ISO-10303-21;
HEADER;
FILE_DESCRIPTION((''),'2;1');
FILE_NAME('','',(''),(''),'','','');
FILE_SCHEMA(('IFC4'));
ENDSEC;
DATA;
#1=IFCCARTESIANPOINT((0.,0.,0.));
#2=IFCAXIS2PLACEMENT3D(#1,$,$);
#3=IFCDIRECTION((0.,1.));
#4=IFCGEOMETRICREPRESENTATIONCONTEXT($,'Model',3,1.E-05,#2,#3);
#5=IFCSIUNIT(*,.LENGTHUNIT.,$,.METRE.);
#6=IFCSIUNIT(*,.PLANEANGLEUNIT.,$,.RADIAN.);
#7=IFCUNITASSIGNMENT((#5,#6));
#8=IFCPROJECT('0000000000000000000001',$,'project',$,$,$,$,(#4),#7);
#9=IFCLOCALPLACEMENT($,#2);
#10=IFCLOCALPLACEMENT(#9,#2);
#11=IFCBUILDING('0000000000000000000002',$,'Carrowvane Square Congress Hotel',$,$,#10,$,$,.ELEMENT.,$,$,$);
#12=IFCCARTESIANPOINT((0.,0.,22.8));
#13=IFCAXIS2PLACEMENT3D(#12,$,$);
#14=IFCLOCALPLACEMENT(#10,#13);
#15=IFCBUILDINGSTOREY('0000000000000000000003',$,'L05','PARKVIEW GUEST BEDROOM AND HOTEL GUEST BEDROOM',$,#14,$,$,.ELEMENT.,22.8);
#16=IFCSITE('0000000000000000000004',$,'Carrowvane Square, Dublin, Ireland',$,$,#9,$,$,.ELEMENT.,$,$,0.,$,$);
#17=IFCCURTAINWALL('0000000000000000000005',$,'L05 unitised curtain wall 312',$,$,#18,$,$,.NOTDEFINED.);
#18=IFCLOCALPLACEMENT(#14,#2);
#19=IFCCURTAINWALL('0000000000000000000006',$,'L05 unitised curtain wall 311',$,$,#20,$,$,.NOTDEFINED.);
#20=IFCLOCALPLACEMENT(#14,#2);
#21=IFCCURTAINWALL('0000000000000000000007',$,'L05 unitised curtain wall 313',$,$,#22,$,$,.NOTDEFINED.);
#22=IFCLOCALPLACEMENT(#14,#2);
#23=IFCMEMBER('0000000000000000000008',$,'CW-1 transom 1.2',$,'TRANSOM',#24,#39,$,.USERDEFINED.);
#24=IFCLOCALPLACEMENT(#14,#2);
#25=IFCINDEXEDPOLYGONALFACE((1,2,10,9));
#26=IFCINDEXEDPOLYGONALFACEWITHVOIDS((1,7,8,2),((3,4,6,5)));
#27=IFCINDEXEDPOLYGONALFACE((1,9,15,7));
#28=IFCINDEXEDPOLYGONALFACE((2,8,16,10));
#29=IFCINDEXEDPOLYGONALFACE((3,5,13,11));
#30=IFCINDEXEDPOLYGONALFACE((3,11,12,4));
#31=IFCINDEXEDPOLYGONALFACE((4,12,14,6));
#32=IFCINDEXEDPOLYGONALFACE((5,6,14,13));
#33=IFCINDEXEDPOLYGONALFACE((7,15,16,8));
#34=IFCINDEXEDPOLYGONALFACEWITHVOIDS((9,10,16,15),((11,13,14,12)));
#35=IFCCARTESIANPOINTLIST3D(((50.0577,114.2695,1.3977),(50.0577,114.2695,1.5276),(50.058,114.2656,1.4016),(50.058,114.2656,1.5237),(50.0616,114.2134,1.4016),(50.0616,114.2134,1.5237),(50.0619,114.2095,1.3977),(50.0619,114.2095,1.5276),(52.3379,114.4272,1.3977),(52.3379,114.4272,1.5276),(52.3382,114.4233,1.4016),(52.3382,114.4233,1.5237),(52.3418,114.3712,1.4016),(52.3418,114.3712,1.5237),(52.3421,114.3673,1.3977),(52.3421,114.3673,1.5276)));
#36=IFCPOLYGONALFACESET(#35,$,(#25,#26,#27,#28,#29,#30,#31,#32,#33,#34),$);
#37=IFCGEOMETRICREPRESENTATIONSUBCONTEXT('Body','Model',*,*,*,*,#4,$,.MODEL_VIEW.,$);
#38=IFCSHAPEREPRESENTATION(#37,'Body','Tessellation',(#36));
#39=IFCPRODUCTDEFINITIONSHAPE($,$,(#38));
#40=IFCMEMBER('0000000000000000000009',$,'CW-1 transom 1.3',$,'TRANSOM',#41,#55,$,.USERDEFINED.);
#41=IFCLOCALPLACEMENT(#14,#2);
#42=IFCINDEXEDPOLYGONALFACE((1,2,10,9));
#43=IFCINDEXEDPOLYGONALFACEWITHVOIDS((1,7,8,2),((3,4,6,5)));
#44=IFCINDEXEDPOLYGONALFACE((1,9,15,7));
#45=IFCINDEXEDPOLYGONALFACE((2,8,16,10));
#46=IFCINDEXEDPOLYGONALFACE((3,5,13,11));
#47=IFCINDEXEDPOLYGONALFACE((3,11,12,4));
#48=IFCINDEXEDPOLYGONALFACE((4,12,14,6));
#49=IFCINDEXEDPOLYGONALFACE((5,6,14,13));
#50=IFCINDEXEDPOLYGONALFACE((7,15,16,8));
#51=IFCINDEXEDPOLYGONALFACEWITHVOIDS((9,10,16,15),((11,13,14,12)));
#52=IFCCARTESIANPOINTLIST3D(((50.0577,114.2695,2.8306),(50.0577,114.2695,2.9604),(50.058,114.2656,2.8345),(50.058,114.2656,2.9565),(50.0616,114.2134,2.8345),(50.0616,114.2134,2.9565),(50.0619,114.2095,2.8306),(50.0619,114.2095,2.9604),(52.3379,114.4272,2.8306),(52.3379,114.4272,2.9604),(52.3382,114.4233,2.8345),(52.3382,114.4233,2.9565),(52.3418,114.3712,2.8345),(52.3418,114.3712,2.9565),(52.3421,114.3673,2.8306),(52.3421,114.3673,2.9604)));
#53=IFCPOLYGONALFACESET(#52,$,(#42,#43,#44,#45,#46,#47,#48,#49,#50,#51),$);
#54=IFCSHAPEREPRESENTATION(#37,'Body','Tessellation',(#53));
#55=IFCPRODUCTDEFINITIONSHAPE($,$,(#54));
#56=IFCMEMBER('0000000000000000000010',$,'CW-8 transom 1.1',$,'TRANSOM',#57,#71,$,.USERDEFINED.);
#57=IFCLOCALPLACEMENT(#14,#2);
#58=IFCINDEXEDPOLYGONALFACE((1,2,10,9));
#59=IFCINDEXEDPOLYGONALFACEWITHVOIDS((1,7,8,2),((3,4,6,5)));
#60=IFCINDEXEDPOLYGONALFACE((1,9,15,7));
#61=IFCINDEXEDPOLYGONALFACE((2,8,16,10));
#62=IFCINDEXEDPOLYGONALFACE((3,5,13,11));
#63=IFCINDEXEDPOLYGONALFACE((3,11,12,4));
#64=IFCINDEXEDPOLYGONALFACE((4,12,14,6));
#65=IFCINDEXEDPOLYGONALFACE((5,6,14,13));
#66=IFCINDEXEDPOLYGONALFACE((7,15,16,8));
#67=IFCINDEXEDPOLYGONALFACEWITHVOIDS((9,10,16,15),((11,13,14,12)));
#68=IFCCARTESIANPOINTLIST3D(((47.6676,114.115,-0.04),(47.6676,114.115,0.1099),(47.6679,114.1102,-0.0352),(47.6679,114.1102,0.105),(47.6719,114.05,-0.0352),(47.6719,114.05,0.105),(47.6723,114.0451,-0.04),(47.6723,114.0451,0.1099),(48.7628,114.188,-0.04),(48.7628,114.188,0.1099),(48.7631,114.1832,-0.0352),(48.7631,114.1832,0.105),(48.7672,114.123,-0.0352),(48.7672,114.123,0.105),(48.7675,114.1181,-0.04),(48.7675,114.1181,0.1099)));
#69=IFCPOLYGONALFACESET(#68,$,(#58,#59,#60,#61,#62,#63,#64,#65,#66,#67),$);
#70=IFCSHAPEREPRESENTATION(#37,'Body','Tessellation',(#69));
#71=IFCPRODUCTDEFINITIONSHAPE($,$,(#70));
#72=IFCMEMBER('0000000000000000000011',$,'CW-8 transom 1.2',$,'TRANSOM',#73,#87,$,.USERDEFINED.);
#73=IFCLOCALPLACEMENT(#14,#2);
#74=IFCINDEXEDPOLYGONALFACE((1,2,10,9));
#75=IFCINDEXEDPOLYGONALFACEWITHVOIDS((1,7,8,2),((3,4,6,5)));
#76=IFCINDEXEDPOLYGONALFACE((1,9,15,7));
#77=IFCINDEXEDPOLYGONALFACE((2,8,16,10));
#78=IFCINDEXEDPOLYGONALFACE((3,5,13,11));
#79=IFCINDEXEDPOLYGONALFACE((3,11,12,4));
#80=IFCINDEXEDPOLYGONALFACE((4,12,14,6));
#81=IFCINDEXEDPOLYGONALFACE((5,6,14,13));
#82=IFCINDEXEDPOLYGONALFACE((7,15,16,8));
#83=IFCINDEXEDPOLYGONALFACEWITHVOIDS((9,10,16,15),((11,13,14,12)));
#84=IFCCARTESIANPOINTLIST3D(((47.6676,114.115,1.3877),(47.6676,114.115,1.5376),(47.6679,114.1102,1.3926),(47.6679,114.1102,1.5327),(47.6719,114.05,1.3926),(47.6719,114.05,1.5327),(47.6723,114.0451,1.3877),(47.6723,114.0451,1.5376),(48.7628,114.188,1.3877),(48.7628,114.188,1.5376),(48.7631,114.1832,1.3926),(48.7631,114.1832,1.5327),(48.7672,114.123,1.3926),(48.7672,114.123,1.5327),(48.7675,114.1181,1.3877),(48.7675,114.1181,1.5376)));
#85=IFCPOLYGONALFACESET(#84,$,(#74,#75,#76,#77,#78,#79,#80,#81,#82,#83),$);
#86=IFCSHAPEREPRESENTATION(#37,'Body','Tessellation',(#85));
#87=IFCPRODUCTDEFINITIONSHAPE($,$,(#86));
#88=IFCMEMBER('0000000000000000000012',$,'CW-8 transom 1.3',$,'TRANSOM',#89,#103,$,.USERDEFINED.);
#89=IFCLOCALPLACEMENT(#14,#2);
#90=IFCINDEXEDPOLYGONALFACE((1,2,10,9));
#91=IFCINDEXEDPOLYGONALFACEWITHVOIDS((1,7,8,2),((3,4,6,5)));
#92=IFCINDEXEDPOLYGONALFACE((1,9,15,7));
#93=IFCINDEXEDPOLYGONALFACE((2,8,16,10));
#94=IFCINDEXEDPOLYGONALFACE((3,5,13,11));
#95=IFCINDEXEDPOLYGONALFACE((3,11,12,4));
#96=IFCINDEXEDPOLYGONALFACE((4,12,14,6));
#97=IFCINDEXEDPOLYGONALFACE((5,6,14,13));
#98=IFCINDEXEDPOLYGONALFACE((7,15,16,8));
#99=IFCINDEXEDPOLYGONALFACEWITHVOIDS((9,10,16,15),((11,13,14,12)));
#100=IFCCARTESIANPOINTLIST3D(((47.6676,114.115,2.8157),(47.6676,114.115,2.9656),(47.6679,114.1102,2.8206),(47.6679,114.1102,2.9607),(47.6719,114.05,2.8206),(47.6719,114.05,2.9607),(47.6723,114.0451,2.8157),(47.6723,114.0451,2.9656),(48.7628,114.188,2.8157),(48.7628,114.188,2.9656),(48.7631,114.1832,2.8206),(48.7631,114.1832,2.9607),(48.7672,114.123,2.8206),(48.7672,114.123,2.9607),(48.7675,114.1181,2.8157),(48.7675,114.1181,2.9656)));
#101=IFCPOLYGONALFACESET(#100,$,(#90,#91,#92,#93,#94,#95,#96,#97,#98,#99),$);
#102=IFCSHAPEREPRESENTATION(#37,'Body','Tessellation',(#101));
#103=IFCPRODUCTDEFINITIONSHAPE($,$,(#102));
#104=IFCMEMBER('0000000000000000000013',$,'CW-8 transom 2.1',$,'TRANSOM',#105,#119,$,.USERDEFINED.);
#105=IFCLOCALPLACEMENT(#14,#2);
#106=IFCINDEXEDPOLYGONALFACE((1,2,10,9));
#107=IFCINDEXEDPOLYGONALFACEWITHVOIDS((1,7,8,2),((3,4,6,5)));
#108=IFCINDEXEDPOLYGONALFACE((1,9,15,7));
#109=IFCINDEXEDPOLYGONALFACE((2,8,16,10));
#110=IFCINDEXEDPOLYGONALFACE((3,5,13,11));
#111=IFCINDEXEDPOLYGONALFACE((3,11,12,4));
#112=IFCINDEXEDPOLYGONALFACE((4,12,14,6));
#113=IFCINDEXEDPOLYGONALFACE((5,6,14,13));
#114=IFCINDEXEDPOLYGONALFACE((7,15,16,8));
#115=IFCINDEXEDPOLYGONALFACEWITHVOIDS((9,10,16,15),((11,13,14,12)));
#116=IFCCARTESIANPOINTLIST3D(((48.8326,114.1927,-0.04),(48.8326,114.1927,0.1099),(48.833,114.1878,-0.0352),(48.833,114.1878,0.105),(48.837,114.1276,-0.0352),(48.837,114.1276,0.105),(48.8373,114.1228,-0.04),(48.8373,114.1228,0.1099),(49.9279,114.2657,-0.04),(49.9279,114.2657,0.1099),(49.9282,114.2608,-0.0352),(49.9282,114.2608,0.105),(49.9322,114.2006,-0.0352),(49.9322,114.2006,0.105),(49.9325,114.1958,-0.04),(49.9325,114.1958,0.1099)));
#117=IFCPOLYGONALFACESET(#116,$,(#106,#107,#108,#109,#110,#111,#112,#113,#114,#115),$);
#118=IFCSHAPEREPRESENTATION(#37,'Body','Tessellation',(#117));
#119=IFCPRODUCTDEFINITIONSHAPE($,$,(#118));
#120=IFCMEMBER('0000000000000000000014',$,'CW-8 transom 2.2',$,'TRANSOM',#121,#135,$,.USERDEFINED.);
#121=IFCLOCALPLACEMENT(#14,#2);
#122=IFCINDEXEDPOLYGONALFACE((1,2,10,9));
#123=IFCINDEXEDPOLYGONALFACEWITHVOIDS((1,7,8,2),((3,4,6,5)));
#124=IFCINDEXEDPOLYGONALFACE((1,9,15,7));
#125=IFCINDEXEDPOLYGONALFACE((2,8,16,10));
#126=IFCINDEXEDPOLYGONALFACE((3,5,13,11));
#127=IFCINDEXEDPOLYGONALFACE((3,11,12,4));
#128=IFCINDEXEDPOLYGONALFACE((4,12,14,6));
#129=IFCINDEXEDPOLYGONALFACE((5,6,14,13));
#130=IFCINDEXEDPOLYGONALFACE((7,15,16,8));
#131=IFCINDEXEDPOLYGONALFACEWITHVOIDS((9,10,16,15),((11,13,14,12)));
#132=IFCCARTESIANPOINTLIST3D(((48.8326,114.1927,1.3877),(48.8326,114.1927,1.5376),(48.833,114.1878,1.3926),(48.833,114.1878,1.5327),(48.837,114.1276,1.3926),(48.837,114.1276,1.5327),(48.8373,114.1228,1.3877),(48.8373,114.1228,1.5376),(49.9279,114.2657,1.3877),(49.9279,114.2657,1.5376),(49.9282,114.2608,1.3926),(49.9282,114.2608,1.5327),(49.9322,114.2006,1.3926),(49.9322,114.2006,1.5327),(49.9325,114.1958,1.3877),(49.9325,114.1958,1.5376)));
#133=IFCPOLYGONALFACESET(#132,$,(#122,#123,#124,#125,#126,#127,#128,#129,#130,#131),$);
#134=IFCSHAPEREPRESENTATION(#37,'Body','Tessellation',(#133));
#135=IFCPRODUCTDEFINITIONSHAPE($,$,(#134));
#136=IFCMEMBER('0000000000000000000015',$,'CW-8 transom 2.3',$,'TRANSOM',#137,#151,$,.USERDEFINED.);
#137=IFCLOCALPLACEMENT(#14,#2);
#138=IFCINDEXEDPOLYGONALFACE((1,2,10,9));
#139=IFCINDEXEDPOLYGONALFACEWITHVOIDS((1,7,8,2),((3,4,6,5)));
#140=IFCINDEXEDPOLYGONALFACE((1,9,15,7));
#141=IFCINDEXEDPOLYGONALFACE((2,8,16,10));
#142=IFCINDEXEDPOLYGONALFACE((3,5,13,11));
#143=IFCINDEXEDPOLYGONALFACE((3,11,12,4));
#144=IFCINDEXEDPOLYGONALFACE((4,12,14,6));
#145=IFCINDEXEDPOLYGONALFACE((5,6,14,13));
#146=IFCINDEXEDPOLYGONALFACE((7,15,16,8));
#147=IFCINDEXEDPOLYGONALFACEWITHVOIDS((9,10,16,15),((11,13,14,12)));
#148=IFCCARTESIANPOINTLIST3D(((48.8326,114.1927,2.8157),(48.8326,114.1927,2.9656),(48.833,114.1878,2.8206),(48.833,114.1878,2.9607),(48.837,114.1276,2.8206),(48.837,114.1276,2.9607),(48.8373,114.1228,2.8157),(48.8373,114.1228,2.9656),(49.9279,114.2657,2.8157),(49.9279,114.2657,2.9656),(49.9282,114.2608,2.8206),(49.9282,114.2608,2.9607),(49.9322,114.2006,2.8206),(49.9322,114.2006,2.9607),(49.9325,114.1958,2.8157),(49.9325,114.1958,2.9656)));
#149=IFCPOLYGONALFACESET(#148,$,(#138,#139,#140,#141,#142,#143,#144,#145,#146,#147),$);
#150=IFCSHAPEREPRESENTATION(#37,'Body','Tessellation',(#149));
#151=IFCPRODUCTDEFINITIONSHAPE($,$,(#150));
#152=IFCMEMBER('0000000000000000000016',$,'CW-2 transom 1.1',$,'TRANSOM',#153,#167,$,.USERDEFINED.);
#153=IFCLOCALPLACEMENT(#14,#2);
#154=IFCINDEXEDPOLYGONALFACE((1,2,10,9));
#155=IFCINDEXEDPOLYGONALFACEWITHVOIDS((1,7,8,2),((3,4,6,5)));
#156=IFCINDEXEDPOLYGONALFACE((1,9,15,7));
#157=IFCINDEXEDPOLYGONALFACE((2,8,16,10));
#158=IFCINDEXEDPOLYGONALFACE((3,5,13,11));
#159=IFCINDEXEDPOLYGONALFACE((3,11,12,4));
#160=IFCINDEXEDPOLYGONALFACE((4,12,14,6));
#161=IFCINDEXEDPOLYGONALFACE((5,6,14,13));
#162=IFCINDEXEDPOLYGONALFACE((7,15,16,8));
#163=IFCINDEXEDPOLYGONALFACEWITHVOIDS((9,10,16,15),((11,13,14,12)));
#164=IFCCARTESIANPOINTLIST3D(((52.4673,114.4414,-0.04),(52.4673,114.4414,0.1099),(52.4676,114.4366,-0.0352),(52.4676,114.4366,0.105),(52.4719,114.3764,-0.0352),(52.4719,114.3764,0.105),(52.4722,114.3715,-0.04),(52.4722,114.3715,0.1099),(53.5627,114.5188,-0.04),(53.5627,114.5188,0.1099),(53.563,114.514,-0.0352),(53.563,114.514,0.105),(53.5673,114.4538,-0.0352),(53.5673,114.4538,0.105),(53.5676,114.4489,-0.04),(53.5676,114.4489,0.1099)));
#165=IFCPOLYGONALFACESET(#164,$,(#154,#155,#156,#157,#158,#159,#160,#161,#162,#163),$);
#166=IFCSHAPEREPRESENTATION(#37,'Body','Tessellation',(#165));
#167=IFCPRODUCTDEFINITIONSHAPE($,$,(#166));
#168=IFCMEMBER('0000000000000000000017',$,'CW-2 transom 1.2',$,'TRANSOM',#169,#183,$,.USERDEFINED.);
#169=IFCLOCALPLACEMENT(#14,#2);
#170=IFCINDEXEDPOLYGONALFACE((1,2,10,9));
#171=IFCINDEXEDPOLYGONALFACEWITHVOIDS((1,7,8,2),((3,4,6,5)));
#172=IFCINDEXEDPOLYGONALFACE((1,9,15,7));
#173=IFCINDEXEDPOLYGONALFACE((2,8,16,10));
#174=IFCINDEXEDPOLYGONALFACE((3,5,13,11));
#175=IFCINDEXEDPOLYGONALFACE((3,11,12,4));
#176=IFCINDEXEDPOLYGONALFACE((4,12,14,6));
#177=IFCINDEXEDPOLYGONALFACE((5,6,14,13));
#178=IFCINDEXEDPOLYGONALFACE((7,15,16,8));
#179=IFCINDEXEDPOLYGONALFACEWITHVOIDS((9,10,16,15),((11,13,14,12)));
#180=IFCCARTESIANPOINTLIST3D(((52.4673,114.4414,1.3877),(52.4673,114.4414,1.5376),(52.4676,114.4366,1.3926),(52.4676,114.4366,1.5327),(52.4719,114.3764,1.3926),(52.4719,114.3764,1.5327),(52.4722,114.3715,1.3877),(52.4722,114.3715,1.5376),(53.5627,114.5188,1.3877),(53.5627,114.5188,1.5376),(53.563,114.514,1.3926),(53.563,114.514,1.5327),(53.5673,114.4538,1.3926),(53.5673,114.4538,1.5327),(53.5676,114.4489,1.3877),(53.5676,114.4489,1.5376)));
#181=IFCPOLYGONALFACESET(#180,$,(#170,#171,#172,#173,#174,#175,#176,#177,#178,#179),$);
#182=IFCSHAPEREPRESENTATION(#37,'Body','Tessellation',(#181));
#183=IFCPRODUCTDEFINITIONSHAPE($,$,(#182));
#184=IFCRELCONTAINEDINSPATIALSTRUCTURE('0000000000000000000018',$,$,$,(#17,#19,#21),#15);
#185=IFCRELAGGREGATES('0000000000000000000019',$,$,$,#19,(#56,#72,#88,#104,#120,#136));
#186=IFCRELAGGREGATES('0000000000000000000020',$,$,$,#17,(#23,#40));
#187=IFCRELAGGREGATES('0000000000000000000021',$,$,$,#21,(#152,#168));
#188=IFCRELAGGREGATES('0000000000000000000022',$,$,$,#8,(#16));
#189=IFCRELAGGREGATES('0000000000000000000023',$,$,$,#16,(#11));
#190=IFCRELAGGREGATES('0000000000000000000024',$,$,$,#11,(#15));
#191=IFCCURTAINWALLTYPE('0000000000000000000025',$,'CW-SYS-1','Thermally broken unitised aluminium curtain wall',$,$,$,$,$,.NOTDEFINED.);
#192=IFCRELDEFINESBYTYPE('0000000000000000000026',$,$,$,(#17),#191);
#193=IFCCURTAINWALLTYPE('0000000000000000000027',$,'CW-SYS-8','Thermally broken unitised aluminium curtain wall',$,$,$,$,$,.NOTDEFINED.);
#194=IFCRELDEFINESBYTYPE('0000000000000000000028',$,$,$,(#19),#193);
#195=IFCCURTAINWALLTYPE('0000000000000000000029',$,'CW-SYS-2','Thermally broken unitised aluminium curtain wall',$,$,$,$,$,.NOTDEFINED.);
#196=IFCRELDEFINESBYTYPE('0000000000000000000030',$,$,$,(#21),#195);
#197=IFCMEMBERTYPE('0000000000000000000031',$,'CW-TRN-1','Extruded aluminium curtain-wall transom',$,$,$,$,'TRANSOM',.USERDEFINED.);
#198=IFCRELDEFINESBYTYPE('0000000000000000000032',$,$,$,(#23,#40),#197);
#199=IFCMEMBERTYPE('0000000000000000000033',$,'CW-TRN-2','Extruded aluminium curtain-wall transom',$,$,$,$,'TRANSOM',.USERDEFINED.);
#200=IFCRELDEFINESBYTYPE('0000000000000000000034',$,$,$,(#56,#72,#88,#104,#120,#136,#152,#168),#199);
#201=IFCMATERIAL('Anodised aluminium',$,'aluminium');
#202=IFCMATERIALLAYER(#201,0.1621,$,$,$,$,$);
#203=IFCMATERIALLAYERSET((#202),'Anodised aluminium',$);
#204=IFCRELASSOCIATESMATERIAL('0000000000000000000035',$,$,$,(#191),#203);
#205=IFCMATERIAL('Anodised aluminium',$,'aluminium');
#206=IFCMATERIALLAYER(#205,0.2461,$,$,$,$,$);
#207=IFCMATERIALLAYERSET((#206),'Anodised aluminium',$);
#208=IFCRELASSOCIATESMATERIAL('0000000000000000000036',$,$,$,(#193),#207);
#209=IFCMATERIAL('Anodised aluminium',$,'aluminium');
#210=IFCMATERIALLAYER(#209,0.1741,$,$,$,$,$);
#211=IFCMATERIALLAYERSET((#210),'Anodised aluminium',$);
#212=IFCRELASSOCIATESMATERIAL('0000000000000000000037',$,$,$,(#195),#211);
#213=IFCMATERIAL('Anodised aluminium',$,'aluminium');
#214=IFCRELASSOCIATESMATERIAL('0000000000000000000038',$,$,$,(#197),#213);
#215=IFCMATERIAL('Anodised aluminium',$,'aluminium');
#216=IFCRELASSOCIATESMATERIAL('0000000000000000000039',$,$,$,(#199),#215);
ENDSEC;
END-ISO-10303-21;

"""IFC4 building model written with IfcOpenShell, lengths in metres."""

from ifc_helpers import new_model, si_unit, direction, frame, origin, origin_2d, place, context, subcontext, project, spatial, hollow_rectangle, extrude, material, layer, layer_set, material_profile, profile_set, type_object, element, aggregate, save


model = new_model("IFC4")

# Units and contexts
model_context = context("Model", 3, precision=1e-05, world=origin(), true_north=direction((0.0, 1.0)))
body_context = subcontext(model_context, "Body", "Model", "MODEL_VIEW")
ifc_project = project(units=[si_unit("LENGTHUNIT", "METRE"), si_unit("PLANEANGLEUNIT", "RADIAN")], contexts=[model_context])

# Site, building, storey
site_placement = place(None, origin())
site = spatial("IfcSite", under=ifc_project, at=site_placement, Name="Carrowvane Square, Dublin, Ireland", CompositionType="ELEMENT", RefElevation=0.0)
building_placement = place(site_placement, origin())
building = spatial("IfcBuilding", under=site, at=building_placement, Name="Carrowvane Square Congress Hotel", CompositionType="ELEMENT")
storey_placement = place(building_placement, frame((0.0, 0.0, 22.8)))
storey = spatial("IfcBuildingStorey", under=building, at=storey_placement, Name="L05", Description="PARKVIEW GUEST BEDROOM AND HOTEL GUEST BEDROOM", CompositionType="ELEMENT", Elevation=22.8)

# Curtain walls
ifc_material_1 = material(Name="Anodised aluminium", Category="aluminium")
ifc_layer_1 = layer(ifc_material_1, 0.1621)
ifc_layer_set_1 = layer_set([ifc_layer_1], Name="Anodised aluminium")
curtain_wall_type_1 = type_object("IfcCurtainWallType", Name="CW-SYS-1", Description="Thermally broken unitised aluminium curtain wall", PredefinedType="NOTDEFINED", material=ifc_layer_set_1)
curtain_wall_1_placement = place(storey_placement, origin())
curtain_wall_1 = element("IfcCurtainWall", 1, at=curtain_wall_1_placement, inside=storey, type_object=curtain_wall_type_1, Name="L05 unitised curtain wall 312", PredefinedType="NOTDEFINED")
ifc_material_2 = material(Name="Anodised aluminium", Category="aluminium")
ifc_layer_2 = layer(ifc_material_2, 0.2461)
ifc_layer_set_2 = layer_set([ifc_layer_2], Name="Anodised aluminium")
curtain_wall_type_2 = type_object("IfcCurtainWallType", Name="CW-SYS-8", Description="Thermally broken unitised aluminium curtain wall", PredefinedType="NOTDEFINED", material=ifc_layer_set_2)
curtain_wall_2_placement = place(storey_placement, origin())
curtain_wall_2 = element("IfcCurtainWall", 2, at=curtain_wall_2_placement, inside=storey, type_object=curtain_wall_type_2, Name="L05 unitised curtain wall 311", PredefinedType="NOTDEFINED")
ifc_material_3 = material(Name="Anodised aluminium", Category="aluminium")
ifc_layer_3 = layer(ifc_material_3, 0.1741)
ifc_layer_set_3 = layer_set([ifc_layer_3], Name="Anodised aluminium")
curtain_wall_type_3 = type_object("IfcCurtainWallType", Name="CW-SYS-2", Description="Thermally broken unitised aluminium curtain wall", PredefinedType="NOTDEFINED", material=ifc_layer_set_3)
curtain_wall_3_placement = place(storey_placement, origin())
curtain_wall_3 = element("IfcCurtainWall", 3, at=curtain_wall_3_placement, inside=storey, type_object=curtain_wall_type_3, Name="L05 unitised curtain wall 313", PredefinedType="NOTDEFINED")

# Members
ifc_material_4 = material(Name="Anodised aluminium", Category="aluminium")
ifc_material_profile_1 = material_profile(ifc_material_4, hollow_rectangle(XDim=0.0601, YDim=0.1299, WallThickness=0.0039, at=origin_2d()), Name="CW-TR 60x130x4")
ifc_profile_set_1 = profile_set([ifc_material_profile_1], Name="Anodised aluminium")
member_type_1 = type_object("IfcMemberType", Name="CW-TRN-1", Description="Extruded aluminium curtain-wall transom", ElementType="TRANSOM", PredefinedType="USERDEFINED", material=ifc_profile_set_1)
member_1_placement = place(storey_placement, frame((50.0598, 114.2395, 1.4626), z_axis=(0.997617, 0.069, 0.0), x_axis=(-0.069, 0.997617, 0.0)))
member_1 = element("IfcMember", 4, at=member_1_placement, type_object=member_type_1, Name="CW-1 transom 1.2", ObjectType="TRANSOM", PredefinedType="USERDEFINED", context=body_context, shape_type="SweptSolid", body=[
    extrude(hollow_rectangle(XDim=0.0601, YDim=0.1299, WallThickness=0.0039, at=origin_2d()), origin(), (0.0, 0.0, 1.0), 2.2856),
])
member_2_placement = place(storey_placement, frame((50.0598, 114.2395, 2.8955), z_axis=(0.997617, 0.069, 0.0), x_axis=(-0.069, 0.997617, 0.0)))
member_2 = element("IfcMember", 5, at=member_2_placement, type_object=member_type_1, Name="CW-1 transom 1.3", ObjectType="TRANSOM", PredefinedType="USERDEFINED", context=body_context, shape_type="SweptSolid", body=[
    extrude(hollow_rectangle(XDim=0.0601, YDim=0.1299, WallThickness=0.0039, at=origin_2d()), origin(), (0.0, 0.0, 1.0), 2.2856),
])
ifc_material_5 = material(Name="Anodised aluminium", Category="aluminium")
ifc_material_profile_2 = material_profile(ifc_material_5, hollow_rectangle(XDim=0.0701, YDim=0.1499, WallThickness=0.0049, at=origin_2d()), Name="CW-TR 70x150x5")
ifc_profile_set_2 = profile_set([ifc_material_profile_2], Name="Anodised aluminium")
member_type_2 = type_object("IfcMemberType", Name="CW-TRN-2", Description="Extruded aluminium curtain-wall transom", ElementType="TRANSOM", PredefinedType="USERDEFINED", material=ifc_profile_set_2)
member_3_placement = place(storey_placement, frame((47.6699, 114.0801, 0.0349), z_axis=(0.997786, 0.066504, 0.0), x_axis=(-0.066504, 0.997786, 0.0)))
member_3 = element("IfcMember", 6, at=member_3_placement, type_object=member_type_2, Name="CW-8 transom 1.1", ObjectType="TRANSOM", PredefinedType="USERDEFINED", context=body_context, shape_type="SweptSolid", body=[
    extrude(hollow_rectangle(XDim=0.0701, YDim=0.1499, WallThickness=0.0049, at=origin_2d()), origin(), (0.0, 0.0, 1.0), 1.0977),
])
member_4_placement = place(storey_placement, frame((47.6699, 114.0801, 1.4626), z_axis=(0.997786, 0.066504, 0.0), x_axis=(-0.066504, 0.997786, 0.0)))
member_4 = element("IfcMember", 7, at=member_4_placement, type_object=member_type_2, Name="CW-8 transom 1.2", ObjectType="TRANSOM", PredefinedType="USERDEFINED", context=body_context, shape_type="SweptSolid", body=[
    extrude(hollow_rectangle(XDim=0.0701, YDim=0.1499, WallThickness=0.0049, at=origin_2d()), origin(), (0.0, 0.0, 1.0), 1.0977),
])
member_5_placement = place(storey_placement, frame((47.6699, 114.0801, 2.8906), z_axis=(0.997786, 0.066504, 0.0), x_axis=(-0.066504, 0.997786, 0.0)))
member_5 = element("IfcMember", 8, at=member_5_placement, type_object=member_type_2, Name="CW-8 transom 1.3", ObjectType="TRANSOM", PredefinedType="USERDEFINED", context=body_context, shape_type="SweptSolid", body=[
    extrude(hollow_rectangle(XDim=0.0701, YDim=0.1499, WallThickness=0.0049, at=origin_2d()), origin(), (0.0, 0.0, 1.0), 1.0977),
])
member_6_placement = place(storey_placement, frame((48.835, 114.1577, 0.0349), z_axis=(0.997786, 0.066504, 0.0), x_axis=(-0.066504, 0.997786, 0.0)))
member_6 = element("IfcMember", 9, at=member_6_placement, type_object=member_type_2, Name="CW-8 transom 2.1", ObjectType="TRANSOM", PredefinedType="USERDEFINED", context=body_context, shape_type="SweptSolid", body=[
    extrude(hollow_rectangle(XDim=0.0701, YDim=0.1499, WallThickness=0.0049, at=origin_2d()), origin(), (0.0, 0.0, 1.0), 1.0977),
])
member_7_placement = place(storey_placement, frame((48.835, 114.1577, 1.4626), z_axis=(0.997786, 0.066504, 0.0), x_axis=(-0.066504, 0.997786, 0.0)))
member_7 = element("IfcMember", 10, at=member_7_placement, type_object=member_type_2, Name="CW-8 transom 2.2", ObjectType="TRANSOM", PredefinedType="USERDEFINED", context=body_context, shape_type="SweptSolid", body=[
    extrude(hollow_rectangle(XDim=0.0701, YDim=0.1499, WallThickness=0.0049, at=origin_2d()), origin(), (0.0, 0.0, 1.0), 1.0977),
])
member_8_placement = place(storey_placement, frame((48.835, 114.1577, 2.8906), z_axis=(0.997786, 0.066504, 0.0), x_axis=(-0.066504, 0.997786, 0.0)))
member_8 = element("IfcMember", 11, at=member_8_placement, type_object=member_type_2, Name="CW-8 transom 2.3", ObjectType="TRANSOM", PredefinedType="USERDEFINED", context=body_context, shape_type="SweptSolid", body=[
    extrude(hollow_rectangle(XDim=0.0701, YDim=0.1499, WallThickness=0.0049, at=origin_2d()), origin(), (0.0, 0.0, 1.0), 1.0977),
])
member_9_placement = place(storey_placement, frame((52.4697, 114.4065, 0.0349), z_axis=(0.997514, 0.070473, 0.0), x_axis=(-0.070473, 0.997514, 0.0)))
member_9 = element("IfcMember", 12, at=member_9_placement, type_object=member_type_2, Name="CW-2 transom 1.1", ObjectType="TRANSOM", PredefinedType="USERDEFINED", context=body_context, shape_type="SweptSolid", body=[
    extrude(hollow_rectangle(XDim=0.0701, YDim=0.1499, WallThickness=0.0049, at=origin_2d()), origin(), (0.0, 0.0, 1.0), 1.0981),
])
member_10_placement = place(storey_placement, frame((52.4697, 114.4065, 1.4626), z_axis=(0.997514, 0.070473, 0.0), x_axis=(-0.070473, 0.997514, 0.0)))
member_10 = element("IfcMember", 13, at=member_10_placement, type_object=member_type_2, Name="CW-2 transom 1.2", ObjectType="TRANSOM", PredefinedType="USERDEFINED", context=body_context, shape_type="SweptSolid", body=[
    extrude(hollow_rectangle(XDim=0.0701, YDim=0.1499, WallThickness=0.0049, at=origin_2d()), origin(), (0.0, 0.0, 1.0), 1.0981),
])

aggregate(curtain_wall_2, [member_3, member_4, member_5, member_6, member_7, member_8])
aggregate(curtain_wall_1, [member_1, member_2])
aggregate(curtain_wall_3, [member_9, member_10])

save(model, "model.ifc")
